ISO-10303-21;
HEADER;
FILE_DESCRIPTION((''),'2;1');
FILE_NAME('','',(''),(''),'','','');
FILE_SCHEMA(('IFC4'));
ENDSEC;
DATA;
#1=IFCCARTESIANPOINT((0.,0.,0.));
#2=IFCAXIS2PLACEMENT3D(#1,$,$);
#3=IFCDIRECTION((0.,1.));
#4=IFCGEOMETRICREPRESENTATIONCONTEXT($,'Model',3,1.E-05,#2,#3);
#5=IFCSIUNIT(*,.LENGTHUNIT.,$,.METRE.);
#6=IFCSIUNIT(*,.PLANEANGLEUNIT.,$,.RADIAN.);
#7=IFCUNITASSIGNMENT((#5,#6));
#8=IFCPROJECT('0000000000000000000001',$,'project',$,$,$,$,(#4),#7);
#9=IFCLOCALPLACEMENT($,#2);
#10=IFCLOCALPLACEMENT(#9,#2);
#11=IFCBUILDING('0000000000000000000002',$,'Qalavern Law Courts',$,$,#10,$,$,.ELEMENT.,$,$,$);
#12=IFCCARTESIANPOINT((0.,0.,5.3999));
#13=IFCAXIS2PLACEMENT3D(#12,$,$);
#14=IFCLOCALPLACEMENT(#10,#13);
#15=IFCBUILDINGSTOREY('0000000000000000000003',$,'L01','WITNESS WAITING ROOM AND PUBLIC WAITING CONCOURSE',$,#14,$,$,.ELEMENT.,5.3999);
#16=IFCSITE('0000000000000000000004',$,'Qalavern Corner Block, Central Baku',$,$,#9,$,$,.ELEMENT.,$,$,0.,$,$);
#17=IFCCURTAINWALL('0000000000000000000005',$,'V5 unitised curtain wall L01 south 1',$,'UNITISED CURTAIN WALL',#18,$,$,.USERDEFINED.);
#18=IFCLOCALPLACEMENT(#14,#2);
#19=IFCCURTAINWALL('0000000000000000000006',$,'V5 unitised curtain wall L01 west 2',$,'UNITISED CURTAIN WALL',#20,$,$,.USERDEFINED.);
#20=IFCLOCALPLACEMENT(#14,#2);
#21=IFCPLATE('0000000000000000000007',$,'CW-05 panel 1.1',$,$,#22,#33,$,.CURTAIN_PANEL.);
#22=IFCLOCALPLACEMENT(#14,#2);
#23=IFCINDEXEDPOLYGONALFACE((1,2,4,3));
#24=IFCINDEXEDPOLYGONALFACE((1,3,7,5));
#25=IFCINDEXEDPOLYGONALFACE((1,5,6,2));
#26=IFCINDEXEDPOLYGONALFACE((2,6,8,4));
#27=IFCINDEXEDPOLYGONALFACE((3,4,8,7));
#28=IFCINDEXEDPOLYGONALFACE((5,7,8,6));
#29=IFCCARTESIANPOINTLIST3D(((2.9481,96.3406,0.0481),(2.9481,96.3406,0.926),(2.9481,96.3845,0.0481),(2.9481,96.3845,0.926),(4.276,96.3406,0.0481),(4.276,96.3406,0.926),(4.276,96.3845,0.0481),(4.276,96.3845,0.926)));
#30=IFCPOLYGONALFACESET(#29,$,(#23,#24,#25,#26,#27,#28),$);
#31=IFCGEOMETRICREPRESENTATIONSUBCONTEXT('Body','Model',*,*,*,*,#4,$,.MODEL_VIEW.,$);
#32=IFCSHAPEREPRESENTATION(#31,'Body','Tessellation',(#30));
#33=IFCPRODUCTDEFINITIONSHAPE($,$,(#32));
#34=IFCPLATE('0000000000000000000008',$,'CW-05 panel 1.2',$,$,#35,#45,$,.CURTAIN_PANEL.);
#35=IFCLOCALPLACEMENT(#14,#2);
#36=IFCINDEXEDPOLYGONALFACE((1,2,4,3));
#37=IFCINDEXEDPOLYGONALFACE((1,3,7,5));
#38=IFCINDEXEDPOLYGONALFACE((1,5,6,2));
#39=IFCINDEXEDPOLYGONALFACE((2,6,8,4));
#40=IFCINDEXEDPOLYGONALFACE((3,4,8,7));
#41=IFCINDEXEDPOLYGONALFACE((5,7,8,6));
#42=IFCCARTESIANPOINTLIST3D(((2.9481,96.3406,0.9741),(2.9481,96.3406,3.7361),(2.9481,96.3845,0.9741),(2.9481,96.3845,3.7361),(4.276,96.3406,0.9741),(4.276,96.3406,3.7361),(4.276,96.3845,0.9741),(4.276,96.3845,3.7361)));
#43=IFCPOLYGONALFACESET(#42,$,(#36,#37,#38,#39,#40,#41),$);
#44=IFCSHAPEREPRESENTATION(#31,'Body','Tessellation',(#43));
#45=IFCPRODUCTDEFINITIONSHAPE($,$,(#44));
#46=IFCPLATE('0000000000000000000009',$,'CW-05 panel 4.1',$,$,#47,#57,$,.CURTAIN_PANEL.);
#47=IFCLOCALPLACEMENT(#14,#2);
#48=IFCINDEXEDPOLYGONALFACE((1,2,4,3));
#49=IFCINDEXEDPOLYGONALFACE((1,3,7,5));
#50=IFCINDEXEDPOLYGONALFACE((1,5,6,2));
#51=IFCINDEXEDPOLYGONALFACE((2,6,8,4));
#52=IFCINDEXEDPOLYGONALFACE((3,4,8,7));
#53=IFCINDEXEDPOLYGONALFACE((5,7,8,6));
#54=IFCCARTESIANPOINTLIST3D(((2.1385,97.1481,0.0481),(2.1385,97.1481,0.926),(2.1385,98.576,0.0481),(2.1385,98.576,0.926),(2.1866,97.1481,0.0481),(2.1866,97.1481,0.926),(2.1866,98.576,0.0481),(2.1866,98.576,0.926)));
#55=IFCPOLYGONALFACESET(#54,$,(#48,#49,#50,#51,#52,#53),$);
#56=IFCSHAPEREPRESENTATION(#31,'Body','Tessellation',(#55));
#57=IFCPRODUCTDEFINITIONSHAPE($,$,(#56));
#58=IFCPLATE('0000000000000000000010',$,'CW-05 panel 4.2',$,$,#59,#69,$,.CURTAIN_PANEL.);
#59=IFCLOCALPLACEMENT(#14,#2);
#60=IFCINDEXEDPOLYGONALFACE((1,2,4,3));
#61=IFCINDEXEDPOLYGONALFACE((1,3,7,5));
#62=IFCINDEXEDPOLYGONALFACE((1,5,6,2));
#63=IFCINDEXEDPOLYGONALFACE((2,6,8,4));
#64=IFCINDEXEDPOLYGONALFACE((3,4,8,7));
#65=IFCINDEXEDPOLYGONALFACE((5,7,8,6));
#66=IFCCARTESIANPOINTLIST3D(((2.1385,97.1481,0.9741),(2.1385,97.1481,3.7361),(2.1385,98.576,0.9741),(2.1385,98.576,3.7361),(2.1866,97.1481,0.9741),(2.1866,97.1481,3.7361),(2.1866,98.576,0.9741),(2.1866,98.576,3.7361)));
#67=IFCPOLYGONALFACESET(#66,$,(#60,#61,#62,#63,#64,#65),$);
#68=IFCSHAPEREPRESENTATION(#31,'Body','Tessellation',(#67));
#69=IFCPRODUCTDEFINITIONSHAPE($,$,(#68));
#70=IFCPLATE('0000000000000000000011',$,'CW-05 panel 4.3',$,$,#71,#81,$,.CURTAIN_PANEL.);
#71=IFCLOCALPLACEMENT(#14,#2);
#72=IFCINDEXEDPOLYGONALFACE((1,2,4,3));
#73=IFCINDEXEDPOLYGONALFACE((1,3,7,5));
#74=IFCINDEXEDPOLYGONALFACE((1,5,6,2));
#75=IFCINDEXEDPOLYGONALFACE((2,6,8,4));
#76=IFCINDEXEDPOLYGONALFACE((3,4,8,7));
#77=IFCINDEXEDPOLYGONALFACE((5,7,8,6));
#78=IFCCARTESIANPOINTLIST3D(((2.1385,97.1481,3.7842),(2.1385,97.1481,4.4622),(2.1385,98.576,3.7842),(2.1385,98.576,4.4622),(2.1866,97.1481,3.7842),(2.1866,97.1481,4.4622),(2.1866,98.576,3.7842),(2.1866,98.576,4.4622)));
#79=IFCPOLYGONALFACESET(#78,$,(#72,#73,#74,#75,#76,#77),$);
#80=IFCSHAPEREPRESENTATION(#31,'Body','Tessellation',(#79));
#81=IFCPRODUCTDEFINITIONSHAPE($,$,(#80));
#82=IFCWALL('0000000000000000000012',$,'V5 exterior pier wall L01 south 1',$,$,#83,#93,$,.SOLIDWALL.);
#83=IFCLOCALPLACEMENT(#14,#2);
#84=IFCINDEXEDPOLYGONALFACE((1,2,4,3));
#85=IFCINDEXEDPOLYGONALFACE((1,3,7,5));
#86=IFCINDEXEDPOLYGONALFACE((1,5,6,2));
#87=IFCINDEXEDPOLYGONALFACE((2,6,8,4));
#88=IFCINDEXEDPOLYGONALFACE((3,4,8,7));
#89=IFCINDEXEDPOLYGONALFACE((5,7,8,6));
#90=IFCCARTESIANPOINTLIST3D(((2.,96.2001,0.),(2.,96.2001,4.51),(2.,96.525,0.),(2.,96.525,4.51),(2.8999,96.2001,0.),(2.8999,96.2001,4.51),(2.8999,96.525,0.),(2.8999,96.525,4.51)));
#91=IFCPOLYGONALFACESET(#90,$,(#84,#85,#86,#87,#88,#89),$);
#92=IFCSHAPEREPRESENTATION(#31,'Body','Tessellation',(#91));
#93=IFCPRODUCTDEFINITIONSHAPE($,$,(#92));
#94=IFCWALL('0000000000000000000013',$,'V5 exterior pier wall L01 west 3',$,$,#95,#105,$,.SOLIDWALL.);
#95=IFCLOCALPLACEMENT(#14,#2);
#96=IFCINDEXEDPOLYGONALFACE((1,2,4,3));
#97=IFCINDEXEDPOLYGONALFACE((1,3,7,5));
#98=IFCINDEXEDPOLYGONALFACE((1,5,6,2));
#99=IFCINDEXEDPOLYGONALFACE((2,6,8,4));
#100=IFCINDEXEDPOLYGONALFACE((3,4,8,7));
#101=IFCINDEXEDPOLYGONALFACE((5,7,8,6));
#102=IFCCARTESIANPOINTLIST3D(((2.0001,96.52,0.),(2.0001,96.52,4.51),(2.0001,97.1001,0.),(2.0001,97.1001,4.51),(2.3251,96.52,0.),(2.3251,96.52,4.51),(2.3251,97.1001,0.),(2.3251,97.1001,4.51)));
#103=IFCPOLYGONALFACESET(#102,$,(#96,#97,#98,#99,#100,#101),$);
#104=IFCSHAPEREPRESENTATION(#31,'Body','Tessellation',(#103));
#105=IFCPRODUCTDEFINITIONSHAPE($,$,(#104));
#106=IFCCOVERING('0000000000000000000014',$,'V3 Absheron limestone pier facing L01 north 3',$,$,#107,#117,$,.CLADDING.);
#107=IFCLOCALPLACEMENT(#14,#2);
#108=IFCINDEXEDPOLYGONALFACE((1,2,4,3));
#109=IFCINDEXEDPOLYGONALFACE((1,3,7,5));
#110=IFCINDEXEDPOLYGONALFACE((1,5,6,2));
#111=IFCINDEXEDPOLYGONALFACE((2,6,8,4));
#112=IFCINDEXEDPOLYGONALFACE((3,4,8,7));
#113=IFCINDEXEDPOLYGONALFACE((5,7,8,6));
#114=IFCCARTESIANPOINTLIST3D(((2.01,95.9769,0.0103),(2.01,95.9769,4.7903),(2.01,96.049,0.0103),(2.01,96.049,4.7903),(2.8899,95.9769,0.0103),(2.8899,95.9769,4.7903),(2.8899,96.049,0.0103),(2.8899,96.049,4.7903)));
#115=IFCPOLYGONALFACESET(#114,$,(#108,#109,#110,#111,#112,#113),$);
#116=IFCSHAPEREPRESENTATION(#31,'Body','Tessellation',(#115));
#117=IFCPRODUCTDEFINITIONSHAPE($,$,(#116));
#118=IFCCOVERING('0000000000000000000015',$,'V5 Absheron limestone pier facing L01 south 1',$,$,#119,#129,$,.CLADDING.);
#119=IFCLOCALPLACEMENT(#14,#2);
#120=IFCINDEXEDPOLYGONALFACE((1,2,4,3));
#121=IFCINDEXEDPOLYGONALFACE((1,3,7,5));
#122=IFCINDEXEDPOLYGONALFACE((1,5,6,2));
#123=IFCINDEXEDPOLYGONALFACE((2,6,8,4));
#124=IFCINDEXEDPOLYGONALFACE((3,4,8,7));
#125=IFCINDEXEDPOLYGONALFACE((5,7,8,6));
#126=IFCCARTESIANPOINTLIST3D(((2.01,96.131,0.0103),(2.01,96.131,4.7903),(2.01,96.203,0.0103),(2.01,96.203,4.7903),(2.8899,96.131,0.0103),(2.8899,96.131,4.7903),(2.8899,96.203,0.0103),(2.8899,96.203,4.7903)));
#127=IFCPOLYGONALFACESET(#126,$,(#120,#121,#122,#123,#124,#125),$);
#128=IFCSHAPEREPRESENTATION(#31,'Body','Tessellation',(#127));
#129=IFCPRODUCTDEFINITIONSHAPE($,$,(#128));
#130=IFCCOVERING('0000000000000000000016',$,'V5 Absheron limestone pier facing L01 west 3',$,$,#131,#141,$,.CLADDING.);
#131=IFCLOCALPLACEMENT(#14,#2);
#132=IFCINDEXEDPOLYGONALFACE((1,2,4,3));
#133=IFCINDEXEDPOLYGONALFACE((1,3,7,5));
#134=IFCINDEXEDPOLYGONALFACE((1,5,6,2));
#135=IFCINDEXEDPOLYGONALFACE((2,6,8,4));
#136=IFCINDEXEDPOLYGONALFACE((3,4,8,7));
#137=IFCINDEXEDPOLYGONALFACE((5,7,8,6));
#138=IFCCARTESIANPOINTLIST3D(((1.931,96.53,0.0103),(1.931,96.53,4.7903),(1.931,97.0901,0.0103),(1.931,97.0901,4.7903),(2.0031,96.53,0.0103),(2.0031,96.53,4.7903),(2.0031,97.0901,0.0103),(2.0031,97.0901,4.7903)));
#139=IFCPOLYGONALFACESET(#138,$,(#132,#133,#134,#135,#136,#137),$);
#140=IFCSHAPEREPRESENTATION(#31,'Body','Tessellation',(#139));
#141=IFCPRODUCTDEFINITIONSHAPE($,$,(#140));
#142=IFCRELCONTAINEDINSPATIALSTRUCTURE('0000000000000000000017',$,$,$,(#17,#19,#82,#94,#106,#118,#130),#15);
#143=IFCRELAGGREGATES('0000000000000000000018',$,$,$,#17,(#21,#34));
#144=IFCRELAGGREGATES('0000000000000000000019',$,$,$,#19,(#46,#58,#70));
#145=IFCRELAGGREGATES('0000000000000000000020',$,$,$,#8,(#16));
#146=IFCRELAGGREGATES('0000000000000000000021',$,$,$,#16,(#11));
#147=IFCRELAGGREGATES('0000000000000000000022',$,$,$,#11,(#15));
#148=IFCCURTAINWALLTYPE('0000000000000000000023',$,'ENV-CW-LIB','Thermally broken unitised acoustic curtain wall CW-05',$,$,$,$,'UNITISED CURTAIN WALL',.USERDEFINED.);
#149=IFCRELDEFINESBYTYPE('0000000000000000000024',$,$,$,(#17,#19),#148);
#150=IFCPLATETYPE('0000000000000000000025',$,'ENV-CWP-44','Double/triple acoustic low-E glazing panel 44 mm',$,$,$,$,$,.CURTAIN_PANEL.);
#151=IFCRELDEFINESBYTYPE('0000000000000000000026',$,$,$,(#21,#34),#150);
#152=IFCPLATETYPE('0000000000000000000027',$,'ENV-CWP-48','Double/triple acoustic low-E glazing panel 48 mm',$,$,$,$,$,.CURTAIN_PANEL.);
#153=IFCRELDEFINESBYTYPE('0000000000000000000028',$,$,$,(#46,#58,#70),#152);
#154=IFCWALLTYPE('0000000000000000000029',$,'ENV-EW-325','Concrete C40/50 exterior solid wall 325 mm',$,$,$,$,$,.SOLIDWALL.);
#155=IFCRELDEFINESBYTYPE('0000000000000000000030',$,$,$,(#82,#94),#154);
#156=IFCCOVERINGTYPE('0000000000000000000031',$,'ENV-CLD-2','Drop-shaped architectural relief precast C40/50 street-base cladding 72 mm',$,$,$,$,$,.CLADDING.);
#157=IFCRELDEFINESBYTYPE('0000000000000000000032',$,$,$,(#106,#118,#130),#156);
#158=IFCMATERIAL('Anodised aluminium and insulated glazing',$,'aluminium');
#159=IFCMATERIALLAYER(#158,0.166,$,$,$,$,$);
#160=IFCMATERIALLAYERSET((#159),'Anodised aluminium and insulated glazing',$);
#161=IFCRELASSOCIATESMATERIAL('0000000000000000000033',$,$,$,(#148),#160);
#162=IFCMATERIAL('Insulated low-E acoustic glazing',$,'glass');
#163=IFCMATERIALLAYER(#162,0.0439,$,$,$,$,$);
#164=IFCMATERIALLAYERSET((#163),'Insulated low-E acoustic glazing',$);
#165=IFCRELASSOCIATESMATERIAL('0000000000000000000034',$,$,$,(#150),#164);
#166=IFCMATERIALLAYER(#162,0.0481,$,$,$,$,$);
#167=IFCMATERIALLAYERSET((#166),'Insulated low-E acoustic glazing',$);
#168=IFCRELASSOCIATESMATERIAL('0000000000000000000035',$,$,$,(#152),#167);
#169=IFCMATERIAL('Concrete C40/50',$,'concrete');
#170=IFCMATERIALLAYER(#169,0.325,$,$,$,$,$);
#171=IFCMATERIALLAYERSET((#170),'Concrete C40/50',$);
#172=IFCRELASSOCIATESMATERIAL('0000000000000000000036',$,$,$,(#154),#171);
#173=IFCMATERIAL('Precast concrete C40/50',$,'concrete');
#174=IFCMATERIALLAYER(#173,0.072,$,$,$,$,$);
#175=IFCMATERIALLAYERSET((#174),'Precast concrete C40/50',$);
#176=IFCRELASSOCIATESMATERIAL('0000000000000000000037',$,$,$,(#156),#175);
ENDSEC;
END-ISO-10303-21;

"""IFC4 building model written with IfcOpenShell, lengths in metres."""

from ifc_helpers import new_model, si_unit, direction, frame, frame_2d, origin, origin_2d, place, context, subcontext, project, spatial, rectangle, extrude, material, layer, layer_set, type_object, element, aggregate, save


model = new_model("IFC4")

# Units and contexts
model_context = context("Model", 3, precision=1e-05, world=origin(), true_north=direction((0.0, 1.0)))
body_context = subcontext(model_context, "Body", "Model", "MODEL_VIEW")
ifc_project = project(units=[si_unit("LENGTHUNIT", "METRE"), si_unit("PLANEANGLEUNIT", "RADIAN")], contexts=[model_context])

# Site, building, storey
site_placement = place(None, origin())
site = spatial("IfcSite", under=ifc_project, at=site_placement, Name="Qalavern Corner Block, Central Baku", CompositionType="ELEMENT", RefElevation=0.0)
building_placement = place(site_placement, origin())
building = spatial("IfcBuilding", under=site, at=building_placement, Name="Qalavern Law Courts", CompositionType="ELEMENT")
storey_placement = place(building_placement, frame((0.0, 0.0, 5.3999)))
storey = spatial("IfcBuildingStorey", under=building, at=storey_placement, Name="L01", Description="WITNESS WAITING ROOM AND PUBLIC WAITING CONCOURSE", CompositionType="ELEMENT", Elevation=5.3999)

# Curtain walls
ifc_material_1 = material(Name="Anodised aluminium and insulated glazing", Category="aluminium")
ifc_layer_1 = layer(ifc_material_1, 0.166)
ifc_layer_set_1 = layer_set([ifc_layer_1], Name="Anodised aluminium and insulated glazing")
curtain_wall_type = type_object("IfcCurtainWallType", Name="ENV-CW-LIB", Description="Thermally broken unitised acoustic curtain wall CW-05", ElementType="UNITISED CURTAIN WALL", PredefinedType="USERDEFINED", material=ifc_layer_set_1)
curtain_wall_1_placement = place(storey_placement, origin())
curtain_wall_1 = element("IfcCurtainWall", 1, at=curtain_wall_1_placement, inside=storey, type_object=curtain_wall_type, Name="V5 unitised curtain wall L01 south 1", ObjectType="UNITISED CURTAIN WALL", PredefinedType="USERDEFINED")
curtain_wall_2_placement = place(storey_placement, origin())
curtain_wall_2 = element("IfcCurtainWall", 2, at=curtain_wall_2_placement, inside=storey, type_object=curtain_wall_type, Name="V5 unitised curtain wall L01 west 2", ObjectType="UNITISED CURTAIN WALL", PredefinedType="USERDEFINED")

# Shared definitions
ifc_material_2 = material(Name="Concrete C40/50", Category="concrete")

# Plates
ifc_material_3 = material(Name="Insulated low-E acoustic glazing", Category="glass")
ifc_layer_2 = layer(ifc_material_3, 0.0439)
ifc_layer_set_2 = layer_set([ifc_layer_2], Name="Insulated low-E acoustic glazing")
plate_type_1 = type_object("IfcPlateType", Name="ENV-CWP-44", Description="Double/triple acoustic low-E glazing panel 44 mm", PredefinedType="CURTAIN_PANEL", material=ifc_layer_set_2)
plate_1_placement = place(storey_placement, frame((3.6121, 96.3625, 0.0481), z_axis=(0.0, 0.0, 1.0), x_axis=(1.0, 0.0, 0.0)))
plate_1 = element("IfcPlate", 3, at=plate_1_placement, type_object=plate_type_1, Name="CW-05 panel 1.1", PredefinedType="CURTAIN_PANEL", context=body_context, shape_type="SweptSolid", body=[
    extrude(rectangle(XDim=1.3279, YDim=0.0439, at=origin_2d()), origin(), (0.0, 0.0, 1.0), 0.8779),
])
plate_2_placement = place(storey_placement, frame((3.6121, 96.3625, 0.9741), z_axis=(0.0, 0.0, 1.0), x_axis=(1.0, 0.0, 0.0)))
plate_2 = element("IfcPlate", 4, at=plate_2_placement, type_object=plate_type_1, Name="CW-05 panel 1.2", PredefinedType="CURTAIN_PANEL", context=body_context, shape_type="SweptSolid", body=[
    extrude(rectangle(XDim=1.3279, YDim=0.0439, at=origin_2d()), origin(), (0.0, 0.0, 1.0), 2.762),
])
aggregate(curtain_wall_1, [plate_1, plate_2])
ifc_layer_3 = layer(ifc_material_3, 0.0481)
ifc_layer_set_3 = layer_set([ifc_layer_3], Name="Insulated low-E acoustic glazing")
plate_type_2 = type_object("IfcPlateType", Name="ENV-CWP-48", Description="Double/triple acoustic low-E glazing panel 48 mm", PredefinedType="CURTAIN_PANEL", material=ifc_layer_set_3)
plate_3_placement = place(storey_placement, frame((2.1626, 97.8621, 0.0481), z_axis=(0.0, 0.0, 1.0), x_axis=(0.0, -1.0, 0.0)))
plate_3 = element("IfcPlate", 5, at=plate_3_placement, type_object=plate_type_2, Name="CW-05 panel 4.1", PredefinedType="CURTAIN_PANEL", context=body_context, shape_type="SweptSolid", body=[
    extrude(rectangle(XDim=1.428, YDim=0.0481, at=origin_2d()), origin(), (0.0, 0.0, 1.0), 0.8779),
])
plate_4_placement = place(storey_placement, frame((2.1626, 97.8621, 0.9741), z_axis=(0.0, 0.0, 1.0), x_axis=(0.0, -1.0, 0.0)))
plate_4 = element("IfcPlate", 6, at=plate_4_placement, type_object=plate_type_2, Name="CW-05 panel 4.2", PredefinedType="CURTAIN_PANEL", context=body_context, shape_type="SweptSolid", body=[
    extrude(rectangle(XDim=1.428, YDim=0.0481, at=origin_2d()), origin(), (0.0, 0.0, 1.0), 2.762),
])
plate_5_placement = place(storey_placement, frame((2.1626, 97.8621, 3.7842), z_axis=(0.0, 0.0, 1.0), x_axis=(0.0, -1.0, 0.0)))
plate_5 = element("IfcPlate", 7, at=plate_5_placement, type_object=plate_type_2, Name="CW-05 panel 4.3", PredefinedType="CURTAIN_PANEL", context=body_context, shape_type="SweptSolid", body=[
    extrude(rectangle(XDim=1.428, YDim=0.0481, at=origin_2d()), origin(), (0.0, 0.0, 1.0), 0.678),
])
aggregate(curtain_wall_2, [plate_3, plate_4, plate_5])

# Walls
ifc_layer_4 = layer(ifc_material_2, 0.325)
ifc_layer_set_4 = layer_set([ifc_layer_4], Name="Concrete C40/50")
wall_type = type_object("IfcWallType", Name="ENV-EW-325", Description="Concrete C40/50 exterior solid wall 325 mm", PredefinedType="SOLIDWALL", material=ifc_layer_set_4)
wall_1_placement = place(storey_placement, frame((2.0, 96.3625, 0.0), z_axis=(0.0, 0.0, 1.0), x_axis=(1.0, 0.0, 0.0)))
element("IfcWall", 8, at=wall_1_placement, inside=storey, type_object=wall_type, Name="V5 exterior pier wall L01 south 1", PredefinedType="SOLIDWALL", context=body_context, shape_type="SweptSolid", body=[
    extrude(rectangle(XDim=0.8999, YDim=0.325, at=frame_2d((0.45, 0.0))), origin(), (0.0, 0.0, 1.0), 4.51),
])
wall_2_placement = place(storey_placement, frame((2.1626, 97.1001, 0.0), z_axis=(0.0, 0.0, 1.0), x_axis=(0.0, -1.0, 0.0)))
element("IfcWall", 9, at=wall_2_placement, inside=storey, type_object=wall_type, Name="V5 exterior pier wall L01 west 3", PredefinedType="SOLIDWALL", context=body_context, shape_type="SweptSolid", body=[
    extrude(rectangle(XDim=0.5801, YDim=0.325, at=frame_2d((0.29, 0.0))), origin(), (0.0, 0.0, 1.0), 4.51),
])

# Coverings
ifc_material_4 = material(Name="Precast concrete C40/50", Category="concrete")
ifc_layer_5 = layer(ifc_material_4, 0.072)
ifc_layer_set_5 = layer_set([ifc_layer_5], Name="Precast concrete C40/50")
covering_type = type_object("IfcCoveringType", Name="ENV-CLD-2", Description="Drop-shaped architectural relief precast C40/50 street-base cladding 72 mm", PredefinedType="CLADDING", material=ifc_layer_set_5)
for number, where, z_axis, x_axis, name in (
    (10, (2.45, 96.0129, 0.0103), (0.0, 0.0, 1.0), (-1.0, 0.0, 0.0), "V3 Absheron limestone pier facing L01 north 3"),
    (11, (2.45, 96.167, 0.0103), (0.0, 0.0, 1.0), (1.0, 0.0, 0.0), "V5 Absheron limestone pier facing L01 south 1"),
):
    element("IfcCovering", number, at=place(storey_placement, frame(where, z_axis=z_axis, x_axis=x_axis)), inside=storey, type_object=covering_type, Name=name, PredefinedType="CLADDING", context=body_context, shape_type="SweptSolid", body=[
        extrude(rectangle(XDim=0.8799, YDim=0.072, at=origin_2d()), origin(), (0.0, 0.0, 1.0), 4.78),
    ])
covering_placement = place(storey_placement, frame((1.967, 96.8101, 0.0103), z_axis=(0.0, 0.0, 1.0), x_axis=(0.0, -1.0, 0.0)))
element("IfcCovering", 12, at=covering_placement, inside=storey, type_object=covering_type, Name="V5 Absheron limestone pier facing L01 west 3", PredefinedType="CLADDING", context=body_context, shape_type="SweptSolid", body=[
    extrude(rectangle(XDim=0.5601, YDim=0.072, at=origin_2d()), origin(), (0.0, 0.0, 1.0), 4.78),
])

save(model, "model.ifc")
